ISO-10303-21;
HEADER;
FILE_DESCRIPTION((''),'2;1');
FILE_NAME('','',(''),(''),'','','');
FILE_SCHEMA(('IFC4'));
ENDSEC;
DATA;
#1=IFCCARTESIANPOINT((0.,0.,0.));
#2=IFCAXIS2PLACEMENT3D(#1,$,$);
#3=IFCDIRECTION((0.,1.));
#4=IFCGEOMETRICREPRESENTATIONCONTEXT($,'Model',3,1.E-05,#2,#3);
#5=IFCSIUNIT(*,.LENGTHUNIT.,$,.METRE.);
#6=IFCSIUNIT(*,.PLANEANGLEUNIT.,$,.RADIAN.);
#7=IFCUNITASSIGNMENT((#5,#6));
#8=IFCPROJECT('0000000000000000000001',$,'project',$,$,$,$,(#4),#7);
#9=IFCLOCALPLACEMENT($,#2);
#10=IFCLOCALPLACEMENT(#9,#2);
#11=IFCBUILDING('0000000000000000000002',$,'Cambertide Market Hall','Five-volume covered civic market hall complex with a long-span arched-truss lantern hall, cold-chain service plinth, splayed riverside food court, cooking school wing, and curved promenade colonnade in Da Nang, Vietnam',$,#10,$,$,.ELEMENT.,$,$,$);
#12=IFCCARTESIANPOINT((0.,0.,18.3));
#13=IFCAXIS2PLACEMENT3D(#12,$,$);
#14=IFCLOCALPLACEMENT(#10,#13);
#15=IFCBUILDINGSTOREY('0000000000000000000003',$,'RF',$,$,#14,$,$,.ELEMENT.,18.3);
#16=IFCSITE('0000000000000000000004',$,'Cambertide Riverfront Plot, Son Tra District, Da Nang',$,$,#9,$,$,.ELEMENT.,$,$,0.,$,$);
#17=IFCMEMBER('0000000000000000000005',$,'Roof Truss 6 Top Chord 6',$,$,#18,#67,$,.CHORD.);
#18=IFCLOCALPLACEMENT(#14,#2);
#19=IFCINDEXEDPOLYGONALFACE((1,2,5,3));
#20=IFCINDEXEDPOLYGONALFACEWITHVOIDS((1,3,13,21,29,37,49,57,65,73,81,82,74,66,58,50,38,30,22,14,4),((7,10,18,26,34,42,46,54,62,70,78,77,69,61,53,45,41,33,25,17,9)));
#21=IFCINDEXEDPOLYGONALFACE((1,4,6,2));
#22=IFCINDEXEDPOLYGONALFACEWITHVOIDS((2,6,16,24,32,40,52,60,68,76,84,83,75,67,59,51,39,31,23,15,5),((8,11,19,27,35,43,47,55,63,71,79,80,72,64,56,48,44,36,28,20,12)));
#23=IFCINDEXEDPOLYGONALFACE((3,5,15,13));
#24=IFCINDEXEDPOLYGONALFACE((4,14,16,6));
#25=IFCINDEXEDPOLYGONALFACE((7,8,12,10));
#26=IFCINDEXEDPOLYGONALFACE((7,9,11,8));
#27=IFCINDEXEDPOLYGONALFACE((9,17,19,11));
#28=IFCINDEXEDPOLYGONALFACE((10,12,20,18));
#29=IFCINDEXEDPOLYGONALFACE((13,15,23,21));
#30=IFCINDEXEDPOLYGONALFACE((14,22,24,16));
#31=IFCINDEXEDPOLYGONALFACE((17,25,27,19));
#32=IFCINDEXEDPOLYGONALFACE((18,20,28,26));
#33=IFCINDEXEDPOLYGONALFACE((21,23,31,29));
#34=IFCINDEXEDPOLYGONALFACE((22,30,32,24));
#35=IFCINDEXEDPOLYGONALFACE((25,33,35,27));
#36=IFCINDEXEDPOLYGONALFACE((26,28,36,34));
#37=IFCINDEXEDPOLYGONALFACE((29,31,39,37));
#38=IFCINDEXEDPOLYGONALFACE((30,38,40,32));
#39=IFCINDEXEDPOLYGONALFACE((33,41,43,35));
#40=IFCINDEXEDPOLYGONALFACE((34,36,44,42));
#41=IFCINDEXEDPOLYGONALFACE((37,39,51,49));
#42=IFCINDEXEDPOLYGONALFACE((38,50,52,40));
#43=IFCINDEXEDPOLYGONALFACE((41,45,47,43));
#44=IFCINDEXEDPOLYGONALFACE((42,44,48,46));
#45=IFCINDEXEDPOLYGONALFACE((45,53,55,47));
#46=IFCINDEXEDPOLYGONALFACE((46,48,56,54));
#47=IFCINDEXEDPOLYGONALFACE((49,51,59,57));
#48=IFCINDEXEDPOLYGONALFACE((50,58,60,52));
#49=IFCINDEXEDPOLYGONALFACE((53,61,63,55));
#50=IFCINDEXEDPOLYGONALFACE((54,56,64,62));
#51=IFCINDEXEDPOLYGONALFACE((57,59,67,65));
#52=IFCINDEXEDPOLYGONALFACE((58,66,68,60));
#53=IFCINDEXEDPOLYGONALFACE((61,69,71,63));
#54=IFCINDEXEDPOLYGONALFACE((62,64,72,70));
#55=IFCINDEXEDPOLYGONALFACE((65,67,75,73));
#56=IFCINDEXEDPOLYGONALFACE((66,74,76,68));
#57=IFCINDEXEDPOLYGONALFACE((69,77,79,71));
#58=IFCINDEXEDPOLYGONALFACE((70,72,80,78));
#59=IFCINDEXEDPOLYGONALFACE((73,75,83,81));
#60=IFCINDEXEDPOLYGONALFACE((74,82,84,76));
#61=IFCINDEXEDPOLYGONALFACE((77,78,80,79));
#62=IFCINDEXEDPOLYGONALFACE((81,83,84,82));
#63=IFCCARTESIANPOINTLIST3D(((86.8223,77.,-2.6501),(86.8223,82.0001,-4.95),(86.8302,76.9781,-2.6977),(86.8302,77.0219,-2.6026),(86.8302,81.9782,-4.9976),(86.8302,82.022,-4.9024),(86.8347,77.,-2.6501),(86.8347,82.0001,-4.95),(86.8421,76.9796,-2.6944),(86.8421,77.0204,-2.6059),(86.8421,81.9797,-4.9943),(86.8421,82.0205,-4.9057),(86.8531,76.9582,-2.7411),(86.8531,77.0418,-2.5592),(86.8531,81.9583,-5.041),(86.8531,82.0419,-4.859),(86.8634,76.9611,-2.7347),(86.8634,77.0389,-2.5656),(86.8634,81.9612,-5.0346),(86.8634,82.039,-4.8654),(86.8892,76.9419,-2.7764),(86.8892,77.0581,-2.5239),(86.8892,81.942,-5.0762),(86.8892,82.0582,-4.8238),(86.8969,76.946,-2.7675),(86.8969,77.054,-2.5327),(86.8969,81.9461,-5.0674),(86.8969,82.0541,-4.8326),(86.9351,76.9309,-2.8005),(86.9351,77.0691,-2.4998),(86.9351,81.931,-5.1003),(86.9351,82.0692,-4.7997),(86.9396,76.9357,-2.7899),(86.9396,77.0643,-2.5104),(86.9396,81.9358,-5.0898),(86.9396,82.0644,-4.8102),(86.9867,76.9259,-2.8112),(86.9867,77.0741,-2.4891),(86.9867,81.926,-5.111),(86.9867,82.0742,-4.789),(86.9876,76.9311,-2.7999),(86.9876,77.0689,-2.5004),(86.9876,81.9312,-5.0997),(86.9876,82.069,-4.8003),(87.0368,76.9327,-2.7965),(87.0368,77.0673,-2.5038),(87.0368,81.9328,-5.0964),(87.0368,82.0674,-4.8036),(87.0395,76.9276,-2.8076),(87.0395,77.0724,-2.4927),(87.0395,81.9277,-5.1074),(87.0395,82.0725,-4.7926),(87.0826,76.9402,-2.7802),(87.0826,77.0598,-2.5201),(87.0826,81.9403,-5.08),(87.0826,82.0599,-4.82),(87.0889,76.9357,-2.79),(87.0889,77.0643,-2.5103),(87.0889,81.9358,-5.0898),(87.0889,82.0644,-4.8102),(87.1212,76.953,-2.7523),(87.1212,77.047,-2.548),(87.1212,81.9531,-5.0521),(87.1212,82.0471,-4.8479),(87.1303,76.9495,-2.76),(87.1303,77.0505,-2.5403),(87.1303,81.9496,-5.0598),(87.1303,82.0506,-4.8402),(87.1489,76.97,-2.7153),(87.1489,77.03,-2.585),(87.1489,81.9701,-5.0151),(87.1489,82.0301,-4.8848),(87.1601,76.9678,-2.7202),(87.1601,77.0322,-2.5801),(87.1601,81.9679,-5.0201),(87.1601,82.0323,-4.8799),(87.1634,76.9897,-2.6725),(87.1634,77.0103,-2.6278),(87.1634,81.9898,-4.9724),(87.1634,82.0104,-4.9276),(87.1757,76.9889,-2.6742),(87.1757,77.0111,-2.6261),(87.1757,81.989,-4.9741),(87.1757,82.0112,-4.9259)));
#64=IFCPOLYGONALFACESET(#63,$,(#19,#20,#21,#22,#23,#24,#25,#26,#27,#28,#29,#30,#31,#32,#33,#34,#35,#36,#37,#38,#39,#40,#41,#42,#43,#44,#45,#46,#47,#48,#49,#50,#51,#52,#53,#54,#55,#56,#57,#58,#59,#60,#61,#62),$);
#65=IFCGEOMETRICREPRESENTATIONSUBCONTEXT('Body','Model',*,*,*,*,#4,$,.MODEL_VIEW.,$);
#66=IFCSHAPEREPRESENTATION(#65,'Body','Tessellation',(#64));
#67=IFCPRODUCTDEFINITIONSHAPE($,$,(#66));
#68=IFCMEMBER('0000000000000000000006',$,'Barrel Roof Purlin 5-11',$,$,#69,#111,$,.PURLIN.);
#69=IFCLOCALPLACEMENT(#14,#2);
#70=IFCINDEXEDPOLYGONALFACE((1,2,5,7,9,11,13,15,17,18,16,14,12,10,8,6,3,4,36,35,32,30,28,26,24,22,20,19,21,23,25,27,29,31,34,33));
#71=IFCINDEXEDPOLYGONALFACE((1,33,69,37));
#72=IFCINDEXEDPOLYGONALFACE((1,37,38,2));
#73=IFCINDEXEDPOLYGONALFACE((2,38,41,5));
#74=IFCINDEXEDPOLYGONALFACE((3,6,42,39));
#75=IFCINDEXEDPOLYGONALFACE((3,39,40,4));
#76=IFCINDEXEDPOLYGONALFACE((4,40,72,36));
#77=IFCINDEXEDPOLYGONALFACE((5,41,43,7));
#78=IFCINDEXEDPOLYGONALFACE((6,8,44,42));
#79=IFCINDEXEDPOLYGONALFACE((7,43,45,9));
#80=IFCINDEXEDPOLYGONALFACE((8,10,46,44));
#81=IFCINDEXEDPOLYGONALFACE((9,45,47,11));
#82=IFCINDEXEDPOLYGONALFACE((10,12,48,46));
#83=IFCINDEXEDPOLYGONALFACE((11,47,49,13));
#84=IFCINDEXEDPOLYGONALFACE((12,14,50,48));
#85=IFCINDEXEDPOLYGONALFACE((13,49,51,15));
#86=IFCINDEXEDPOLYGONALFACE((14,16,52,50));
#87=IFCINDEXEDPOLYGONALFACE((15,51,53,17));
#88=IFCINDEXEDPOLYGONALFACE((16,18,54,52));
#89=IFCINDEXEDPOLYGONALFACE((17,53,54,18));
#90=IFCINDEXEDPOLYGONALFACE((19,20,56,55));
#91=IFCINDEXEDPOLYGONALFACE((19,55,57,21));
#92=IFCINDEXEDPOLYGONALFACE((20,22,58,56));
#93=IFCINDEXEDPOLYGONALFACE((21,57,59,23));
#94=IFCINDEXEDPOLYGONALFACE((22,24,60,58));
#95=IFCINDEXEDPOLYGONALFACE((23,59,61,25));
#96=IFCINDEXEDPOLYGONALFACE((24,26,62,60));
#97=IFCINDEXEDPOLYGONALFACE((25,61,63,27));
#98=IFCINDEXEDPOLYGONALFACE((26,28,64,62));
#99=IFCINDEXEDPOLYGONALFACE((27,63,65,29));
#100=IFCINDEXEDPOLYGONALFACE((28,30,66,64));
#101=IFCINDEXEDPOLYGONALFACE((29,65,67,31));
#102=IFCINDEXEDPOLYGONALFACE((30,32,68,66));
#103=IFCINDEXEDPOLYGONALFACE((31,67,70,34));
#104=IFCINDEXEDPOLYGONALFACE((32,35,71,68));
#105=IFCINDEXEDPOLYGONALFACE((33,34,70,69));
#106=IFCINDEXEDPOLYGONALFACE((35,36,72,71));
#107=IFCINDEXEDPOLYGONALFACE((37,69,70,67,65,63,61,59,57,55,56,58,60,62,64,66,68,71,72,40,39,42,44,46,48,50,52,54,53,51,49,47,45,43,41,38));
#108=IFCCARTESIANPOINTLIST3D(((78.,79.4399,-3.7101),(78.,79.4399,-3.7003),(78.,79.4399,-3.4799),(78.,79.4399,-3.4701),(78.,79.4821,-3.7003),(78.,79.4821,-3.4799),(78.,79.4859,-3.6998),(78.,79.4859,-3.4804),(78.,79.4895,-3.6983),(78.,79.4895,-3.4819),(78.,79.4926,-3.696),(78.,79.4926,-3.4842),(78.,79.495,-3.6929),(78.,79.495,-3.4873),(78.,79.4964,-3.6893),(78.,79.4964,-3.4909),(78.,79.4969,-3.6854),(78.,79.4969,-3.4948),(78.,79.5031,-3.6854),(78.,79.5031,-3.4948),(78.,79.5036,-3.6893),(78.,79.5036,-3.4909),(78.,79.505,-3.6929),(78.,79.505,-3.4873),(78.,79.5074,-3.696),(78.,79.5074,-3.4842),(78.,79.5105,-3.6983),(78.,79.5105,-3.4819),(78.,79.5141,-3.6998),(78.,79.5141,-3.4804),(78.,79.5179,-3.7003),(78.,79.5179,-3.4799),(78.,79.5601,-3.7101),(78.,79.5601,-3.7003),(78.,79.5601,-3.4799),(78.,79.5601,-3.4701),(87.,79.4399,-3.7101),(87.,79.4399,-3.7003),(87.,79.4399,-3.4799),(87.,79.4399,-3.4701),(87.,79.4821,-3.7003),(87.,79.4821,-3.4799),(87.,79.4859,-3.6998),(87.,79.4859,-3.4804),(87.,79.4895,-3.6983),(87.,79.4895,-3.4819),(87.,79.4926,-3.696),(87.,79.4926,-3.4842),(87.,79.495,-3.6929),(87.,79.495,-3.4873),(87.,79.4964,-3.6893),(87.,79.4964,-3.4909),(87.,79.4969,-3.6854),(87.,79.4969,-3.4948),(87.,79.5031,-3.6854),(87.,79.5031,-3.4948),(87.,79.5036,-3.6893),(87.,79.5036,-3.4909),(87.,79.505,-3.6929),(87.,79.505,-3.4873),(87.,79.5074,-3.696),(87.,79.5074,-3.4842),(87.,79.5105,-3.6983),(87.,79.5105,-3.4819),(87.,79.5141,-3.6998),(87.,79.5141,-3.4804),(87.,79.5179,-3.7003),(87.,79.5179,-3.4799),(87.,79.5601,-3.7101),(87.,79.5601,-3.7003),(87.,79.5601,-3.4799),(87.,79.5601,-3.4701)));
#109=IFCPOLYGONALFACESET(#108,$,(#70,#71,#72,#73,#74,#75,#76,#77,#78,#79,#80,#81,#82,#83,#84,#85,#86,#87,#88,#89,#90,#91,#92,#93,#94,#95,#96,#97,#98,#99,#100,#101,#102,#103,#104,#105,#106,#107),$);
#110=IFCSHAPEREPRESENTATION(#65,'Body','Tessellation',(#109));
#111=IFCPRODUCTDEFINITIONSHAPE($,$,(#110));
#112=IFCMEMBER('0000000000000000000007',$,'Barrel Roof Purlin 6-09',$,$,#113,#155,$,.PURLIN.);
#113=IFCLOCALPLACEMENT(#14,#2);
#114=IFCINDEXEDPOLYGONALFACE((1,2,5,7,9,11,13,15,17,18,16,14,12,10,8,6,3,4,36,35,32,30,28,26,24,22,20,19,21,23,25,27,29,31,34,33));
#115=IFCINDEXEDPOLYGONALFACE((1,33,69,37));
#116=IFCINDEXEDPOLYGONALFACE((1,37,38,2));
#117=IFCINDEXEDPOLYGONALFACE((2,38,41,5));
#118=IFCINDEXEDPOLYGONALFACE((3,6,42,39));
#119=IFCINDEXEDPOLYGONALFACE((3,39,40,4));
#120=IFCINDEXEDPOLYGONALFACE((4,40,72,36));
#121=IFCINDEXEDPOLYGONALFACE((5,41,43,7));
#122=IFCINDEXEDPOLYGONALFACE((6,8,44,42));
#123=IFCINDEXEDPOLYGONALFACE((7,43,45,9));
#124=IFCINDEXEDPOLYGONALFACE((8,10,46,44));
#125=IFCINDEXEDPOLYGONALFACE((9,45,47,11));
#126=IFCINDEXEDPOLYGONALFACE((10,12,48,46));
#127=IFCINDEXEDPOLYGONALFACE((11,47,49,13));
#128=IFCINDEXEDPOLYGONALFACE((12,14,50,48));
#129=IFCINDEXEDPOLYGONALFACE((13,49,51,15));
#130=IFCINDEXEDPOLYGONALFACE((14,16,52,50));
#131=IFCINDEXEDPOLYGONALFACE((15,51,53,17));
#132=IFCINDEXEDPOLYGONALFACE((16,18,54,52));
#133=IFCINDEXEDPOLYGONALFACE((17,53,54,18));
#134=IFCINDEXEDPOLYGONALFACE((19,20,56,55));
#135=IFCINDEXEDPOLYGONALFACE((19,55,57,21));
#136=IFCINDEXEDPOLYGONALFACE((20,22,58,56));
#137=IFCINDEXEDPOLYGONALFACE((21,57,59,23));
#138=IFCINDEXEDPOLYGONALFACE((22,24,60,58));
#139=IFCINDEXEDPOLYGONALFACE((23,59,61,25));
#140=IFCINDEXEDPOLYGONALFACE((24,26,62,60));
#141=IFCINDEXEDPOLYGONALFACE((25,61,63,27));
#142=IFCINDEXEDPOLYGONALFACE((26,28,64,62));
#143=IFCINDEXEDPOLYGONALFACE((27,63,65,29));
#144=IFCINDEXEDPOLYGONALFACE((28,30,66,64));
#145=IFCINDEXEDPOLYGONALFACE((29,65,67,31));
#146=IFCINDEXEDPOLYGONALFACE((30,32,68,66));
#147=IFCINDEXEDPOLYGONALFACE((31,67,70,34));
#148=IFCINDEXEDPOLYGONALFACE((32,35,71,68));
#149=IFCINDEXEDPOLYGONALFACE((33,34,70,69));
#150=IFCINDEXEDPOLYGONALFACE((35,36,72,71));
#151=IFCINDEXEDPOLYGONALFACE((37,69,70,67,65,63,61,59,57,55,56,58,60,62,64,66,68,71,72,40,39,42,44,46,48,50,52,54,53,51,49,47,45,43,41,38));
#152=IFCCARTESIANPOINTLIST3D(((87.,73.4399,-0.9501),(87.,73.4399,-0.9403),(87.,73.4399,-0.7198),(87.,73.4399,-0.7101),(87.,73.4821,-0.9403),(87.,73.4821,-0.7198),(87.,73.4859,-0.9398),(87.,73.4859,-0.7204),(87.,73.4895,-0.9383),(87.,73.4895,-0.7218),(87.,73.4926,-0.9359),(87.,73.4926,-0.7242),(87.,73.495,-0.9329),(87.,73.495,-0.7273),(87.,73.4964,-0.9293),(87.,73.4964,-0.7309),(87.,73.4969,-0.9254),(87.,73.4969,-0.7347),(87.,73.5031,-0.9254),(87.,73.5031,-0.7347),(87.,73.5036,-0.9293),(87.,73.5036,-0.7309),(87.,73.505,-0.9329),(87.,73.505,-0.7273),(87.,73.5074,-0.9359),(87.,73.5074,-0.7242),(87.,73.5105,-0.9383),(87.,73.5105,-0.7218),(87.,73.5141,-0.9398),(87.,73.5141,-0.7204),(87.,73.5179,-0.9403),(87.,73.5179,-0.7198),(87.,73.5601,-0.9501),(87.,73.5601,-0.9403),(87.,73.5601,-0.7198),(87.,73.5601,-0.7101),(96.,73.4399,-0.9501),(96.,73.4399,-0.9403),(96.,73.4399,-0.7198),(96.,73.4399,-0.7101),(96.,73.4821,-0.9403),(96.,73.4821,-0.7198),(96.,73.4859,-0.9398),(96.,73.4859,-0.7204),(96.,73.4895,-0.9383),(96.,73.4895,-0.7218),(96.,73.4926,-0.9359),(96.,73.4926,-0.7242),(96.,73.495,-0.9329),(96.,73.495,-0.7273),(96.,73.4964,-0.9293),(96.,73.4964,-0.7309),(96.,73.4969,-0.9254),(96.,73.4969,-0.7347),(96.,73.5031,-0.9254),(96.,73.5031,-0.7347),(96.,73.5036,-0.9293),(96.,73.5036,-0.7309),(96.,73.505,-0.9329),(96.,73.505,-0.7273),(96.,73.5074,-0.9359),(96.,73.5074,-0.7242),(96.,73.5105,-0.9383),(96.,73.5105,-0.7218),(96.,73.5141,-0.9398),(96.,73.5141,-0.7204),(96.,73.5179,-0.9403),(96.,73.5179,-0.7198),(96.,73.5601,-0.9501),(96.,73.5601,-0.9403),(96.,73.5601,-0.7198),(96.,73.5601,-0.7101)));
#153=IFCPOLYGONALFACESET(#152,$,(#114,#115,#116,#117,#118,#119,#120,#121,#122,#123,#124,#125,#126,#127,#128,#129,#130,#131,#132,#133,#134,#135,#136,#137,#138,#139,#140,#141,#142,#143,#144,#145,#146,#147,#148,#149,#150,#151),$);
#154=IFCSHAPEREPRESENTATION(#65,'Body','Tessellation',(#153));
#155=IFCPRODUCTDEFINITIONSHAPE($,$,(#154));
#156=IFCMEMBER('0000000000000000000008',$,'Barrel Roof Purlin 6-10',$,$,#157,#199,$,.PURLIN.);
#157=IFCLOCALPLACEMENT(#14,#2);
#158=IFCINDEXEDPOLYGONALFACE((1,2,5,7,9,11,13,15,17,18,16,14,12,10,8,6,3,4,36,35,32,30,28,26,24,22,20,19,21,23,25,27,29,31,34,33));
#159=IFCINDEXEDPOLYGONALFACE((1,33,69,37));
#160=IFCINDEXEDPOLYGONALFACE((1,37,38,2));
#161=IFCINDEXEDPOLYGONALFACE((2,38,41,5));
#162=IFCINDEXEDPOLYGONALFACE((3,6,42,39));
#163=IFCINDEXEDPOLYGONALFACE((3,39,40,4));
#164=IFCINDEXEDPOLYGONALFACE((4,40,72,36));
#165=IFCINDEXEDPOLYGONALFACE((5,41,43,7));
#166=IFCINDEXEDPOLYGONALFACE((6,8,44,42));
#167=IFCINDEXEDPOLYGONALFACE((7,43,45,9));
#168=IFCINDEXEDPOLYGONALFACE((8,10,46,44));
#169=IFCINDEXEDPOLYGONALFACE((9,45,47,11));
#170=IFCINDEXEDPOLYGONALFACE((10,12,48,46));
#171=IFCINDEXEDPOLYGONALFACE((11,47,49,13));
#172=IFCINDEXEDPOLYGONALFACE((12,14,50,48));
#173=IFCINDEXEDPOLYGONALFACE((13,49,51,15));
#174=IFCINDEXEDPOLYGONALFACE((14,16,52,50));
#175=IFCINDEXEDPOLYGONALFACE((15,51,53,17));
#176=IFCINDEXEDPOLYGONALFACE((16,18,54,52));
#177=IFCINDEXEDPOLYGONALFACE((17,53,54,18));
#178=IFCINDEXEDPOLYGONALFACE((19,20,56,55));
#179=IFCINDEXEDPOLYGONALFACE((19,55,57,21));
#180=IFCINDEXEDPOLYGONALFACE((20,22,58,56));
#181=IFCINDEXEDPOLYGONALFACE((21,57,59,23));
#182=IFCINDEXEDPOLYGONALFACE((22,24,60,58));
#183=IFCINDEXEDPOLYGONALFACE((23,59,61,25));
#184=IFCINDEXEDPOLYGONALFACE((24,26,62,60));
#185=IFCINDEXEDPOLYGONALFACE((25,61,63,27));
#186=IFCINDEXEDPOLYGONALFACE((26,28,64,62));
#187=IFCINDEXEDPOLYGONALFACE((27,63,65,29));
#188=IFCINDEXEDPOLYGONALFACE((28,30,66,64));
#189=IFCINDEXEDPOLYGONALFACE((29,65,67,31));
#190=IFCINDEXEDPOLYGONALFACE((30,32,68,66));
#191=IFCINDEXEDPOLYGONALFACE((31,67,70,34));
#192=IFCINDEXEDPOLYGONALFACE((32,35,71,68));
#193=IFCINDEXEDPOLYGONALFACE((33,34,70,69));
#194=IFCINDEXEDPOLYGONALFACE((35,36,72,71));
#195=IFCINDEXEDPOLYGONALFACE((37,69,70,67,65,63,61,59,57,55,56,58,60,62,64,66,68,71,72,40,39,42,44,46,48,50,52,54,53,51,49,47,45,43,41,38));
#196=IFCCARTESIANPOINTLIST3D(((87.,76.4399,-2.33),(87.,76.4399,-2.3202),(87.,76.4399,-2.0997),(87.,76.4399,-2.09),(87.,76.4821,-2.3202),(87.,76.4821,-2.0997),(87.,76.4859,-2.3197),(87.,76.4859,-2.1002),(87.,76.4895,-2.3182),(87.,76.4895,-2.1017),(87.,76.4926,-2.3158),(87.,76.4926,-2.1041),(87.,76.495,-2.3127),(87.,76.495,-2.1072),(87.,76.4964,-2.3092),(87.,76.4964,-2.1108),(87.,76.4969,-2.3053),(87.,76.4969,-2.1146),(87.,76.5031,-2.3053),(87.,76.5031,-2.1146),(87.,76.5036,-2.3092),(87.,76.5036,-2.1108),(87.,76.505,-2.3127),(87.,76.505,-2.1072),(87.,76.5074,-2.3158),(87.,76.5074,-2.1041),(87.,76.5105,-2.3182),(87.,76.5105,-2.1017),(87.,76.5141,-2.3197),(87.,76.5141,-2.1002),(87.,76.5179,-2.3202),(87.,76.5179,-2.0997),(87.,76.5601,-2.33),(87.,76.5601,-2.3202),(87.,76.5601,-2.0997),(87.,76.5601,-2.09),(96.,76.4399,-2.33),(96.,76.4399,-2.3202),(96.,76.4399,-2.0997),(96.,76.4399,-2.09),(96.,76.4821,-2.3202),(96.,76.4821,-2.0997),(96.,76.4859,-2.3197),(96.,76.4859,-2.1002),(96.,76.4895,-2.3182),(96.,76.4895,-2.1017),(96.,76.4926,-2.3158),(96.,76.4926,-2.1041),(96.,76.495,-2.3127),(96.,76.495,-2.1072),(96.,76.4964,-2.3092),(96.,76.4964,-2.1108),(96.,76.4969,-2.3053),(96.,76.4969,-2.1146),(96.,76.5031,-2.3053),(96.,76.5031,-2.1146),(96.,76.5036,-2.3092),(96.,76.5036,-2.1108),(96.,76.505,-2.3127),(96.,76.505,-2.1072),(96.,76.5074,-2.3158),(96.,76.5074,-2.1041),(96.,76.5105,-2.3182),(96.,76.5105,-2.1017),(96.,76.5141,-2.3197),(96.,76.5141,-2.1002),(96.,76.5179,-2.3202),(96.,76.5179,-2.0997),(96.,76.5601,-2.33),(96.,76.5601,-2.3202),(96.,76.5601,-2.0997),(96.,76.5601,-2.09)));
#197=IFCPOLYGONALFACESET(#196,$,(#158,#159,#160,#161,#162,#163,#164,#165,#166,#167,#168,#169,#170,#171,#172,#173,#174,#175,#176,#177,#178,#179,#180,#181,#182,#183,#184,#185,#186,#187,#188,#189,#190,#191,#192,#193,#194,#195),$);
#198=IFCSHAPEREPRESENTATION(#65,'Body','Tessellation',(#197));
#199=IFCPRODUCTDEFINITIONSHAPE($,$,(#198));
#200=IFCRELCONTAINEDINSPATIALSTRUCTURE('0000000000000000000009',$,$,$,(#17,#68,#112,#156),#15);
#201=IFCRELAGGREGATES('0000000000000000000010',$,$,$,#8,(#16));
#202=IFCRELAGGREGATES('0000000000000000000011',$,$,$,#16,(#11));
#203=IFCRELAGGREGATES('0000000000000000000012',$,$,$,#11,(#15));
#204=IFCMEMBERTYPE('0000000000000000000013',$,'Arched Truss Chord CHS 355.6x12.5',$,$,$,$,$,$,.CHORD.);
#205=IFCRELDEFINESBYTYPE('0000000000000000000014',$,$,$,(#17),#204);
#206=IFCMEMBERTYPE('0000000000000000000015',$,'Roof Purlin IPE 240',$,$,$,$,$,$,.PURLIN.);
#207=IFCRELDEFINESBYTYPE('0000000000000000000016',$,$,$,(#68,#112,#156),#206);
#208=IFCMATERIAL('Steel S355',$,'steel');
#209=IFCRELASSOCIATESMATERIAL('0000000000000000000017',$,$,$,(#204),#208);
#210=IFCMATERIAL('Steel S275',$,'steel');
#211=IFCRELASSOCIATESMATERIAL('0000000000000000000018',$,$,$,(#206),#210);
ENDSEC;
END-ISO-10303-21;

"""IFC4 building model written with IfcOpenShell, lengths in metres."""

from ifc_helpers import new_model, si_unit, direction, frame, origin, origin_2d, place, context, subcontext, project, spatial, hollow_circle, i_section, extrude, material, material_profile, profile_set, type_object, element, save


model = new_model("IFC4")

# Units and contexts
model_context = context("Model", 3, precision=1e-05, world=origin(), true_north=direction((0.0, 1.0)))
body_context = subcontext(model_context, "Body", "Model", "MODEL_VIEW")
ifc_project = project(units=[si_unit("LENGTHUNIT", "METRE"), si_unit("PLANEANGLEUNIT", "RADIAN")], contexts=[model_context])

# Site, building, storey
site_placement = place(None, origin())
site = spatial("IfcSite", under=ifc_project, at=site_placement, Name="Cambertide Riverfront Plot, Son Tra District, Da Nang", CompositionType="ELEMENT", RefElevation=0.0)
building_placement = place(site_placement, origin())
building = spatial("IfcBuilding", under=site, at=building_placement, Name="Cambertide Market Hall", Description="Five-volume covered civic market hall complex with a long-span arched-truss lantern hall, cold-chain service plinth, splayed riverside food court, cooking school wing, and curved promenade colonnade in Da Nang, Vietnam", CompositionType="ELEMENT")
storey_placement = place(building_placement, frame((0.0, 0.0, 18.3)))
storey = spatial("IfcBuildingStorey", under=building, at=storey_placement, Name="RF", CompositionType="ELEMENT", Elevation=18.3)

# Members
ifc_material_1 = material(Name="Steel S355", Category="steel")
ifc_material_profile_1 = material_profile(ifc_material_1, hollow_circle(Radius=0.1777, WallThickness=0.0125, at=origin_2d()), Name="CHS 355.6x12.5")
ifc_profile_set_1 = profile_set([ifc_material_profile_1], Name="Steel S355")
member_type_1 = type_object("IfcMemberType", Name="Arched Truss Chord CHS 355.6x12.5", PredefinedType="CHORD", material=ifc_profile_set_1)
for number, where, z_axis, x_axis, name in (
    (1, (87.0, 77.0, -2.6501), (0.0, 0.908504, -0.417876), (-1.0, 0.0, 0.0), "Roof Truss 6 Top Chord 6"),
):
    element("IfcMember", number, at=place(storey_placement, frame(where, z_axis=z_axis, x_axis=x_axis)), inside=storey, type_object=member_type_1, Name=name, PredefinedType="CHORD", context=body_context, shape_type="SweptSolid", body=[
        extrude(hollow_circle(Radius=0.1777, WallThickness=0.0125, at=origin_2d()), origin(), (0.0, 0.0, 1.0), 5.5037),
    ])
ifc_material_2 = material(Name="Steel S275", Category="steel")
ifc_material_profile_2 = material_profile(ifc_material_2, i_section(OverallWidth=0.1201, OverallDepth=0.24, WebThickness=0.0061, FlangeThickness=0.0098, FilletRadius=0.0149, at=origin_2d()), Name="IPE 240")
ifc_profile_set_2 = profile_set([ifc_material_profile_2], Name="Steel S275")
member_type_2 = type_object("IfcMemberType", Name="Roof Purlin IPE 240", PredefinedType="PURLIN", material=ifc_profile_set_2)
for number, where, z_axis, x_axis, name in (
    (2, (78.0, 79.5, -3.5901), (1.0, 0.0, 0.0), (0.0, 1.0, 0.0), "Barrel Roof Purlin 5-11"),
    (3, (87.0, 73.5, -0.8301), (1.0, 0.0, 0.0), (0.0, 1.0, 0.0), "Barrel Roof Purlin 6-09"),
    (4, (87.0, 76.5, -2.21), (1.0, 0.0, 0.0), (0.0, 1.0, 0.0), "Barrel Roof Purlin 6-10"),
):
    element("IfcMember", number, at=place(storey_placement, frame(where, z_axis=z_axis, x_axis=x_axis)), inside=storey, type_object=member_type_2, Name=name, PredefinedType="PURLIN", context=body_context, shape_type="SweptSolid", body=[
        extrude(i_section(OverallWidth=0.1201, OverallDepth=0.24, WebThickness=0.0061, FlangeThickness=0.0098, FilletRadius=0.0149, at=origin_2d()), origin(), (0.0, 0.0, 1.0), 9.0),
    ])

save(model, "model.ifc")
